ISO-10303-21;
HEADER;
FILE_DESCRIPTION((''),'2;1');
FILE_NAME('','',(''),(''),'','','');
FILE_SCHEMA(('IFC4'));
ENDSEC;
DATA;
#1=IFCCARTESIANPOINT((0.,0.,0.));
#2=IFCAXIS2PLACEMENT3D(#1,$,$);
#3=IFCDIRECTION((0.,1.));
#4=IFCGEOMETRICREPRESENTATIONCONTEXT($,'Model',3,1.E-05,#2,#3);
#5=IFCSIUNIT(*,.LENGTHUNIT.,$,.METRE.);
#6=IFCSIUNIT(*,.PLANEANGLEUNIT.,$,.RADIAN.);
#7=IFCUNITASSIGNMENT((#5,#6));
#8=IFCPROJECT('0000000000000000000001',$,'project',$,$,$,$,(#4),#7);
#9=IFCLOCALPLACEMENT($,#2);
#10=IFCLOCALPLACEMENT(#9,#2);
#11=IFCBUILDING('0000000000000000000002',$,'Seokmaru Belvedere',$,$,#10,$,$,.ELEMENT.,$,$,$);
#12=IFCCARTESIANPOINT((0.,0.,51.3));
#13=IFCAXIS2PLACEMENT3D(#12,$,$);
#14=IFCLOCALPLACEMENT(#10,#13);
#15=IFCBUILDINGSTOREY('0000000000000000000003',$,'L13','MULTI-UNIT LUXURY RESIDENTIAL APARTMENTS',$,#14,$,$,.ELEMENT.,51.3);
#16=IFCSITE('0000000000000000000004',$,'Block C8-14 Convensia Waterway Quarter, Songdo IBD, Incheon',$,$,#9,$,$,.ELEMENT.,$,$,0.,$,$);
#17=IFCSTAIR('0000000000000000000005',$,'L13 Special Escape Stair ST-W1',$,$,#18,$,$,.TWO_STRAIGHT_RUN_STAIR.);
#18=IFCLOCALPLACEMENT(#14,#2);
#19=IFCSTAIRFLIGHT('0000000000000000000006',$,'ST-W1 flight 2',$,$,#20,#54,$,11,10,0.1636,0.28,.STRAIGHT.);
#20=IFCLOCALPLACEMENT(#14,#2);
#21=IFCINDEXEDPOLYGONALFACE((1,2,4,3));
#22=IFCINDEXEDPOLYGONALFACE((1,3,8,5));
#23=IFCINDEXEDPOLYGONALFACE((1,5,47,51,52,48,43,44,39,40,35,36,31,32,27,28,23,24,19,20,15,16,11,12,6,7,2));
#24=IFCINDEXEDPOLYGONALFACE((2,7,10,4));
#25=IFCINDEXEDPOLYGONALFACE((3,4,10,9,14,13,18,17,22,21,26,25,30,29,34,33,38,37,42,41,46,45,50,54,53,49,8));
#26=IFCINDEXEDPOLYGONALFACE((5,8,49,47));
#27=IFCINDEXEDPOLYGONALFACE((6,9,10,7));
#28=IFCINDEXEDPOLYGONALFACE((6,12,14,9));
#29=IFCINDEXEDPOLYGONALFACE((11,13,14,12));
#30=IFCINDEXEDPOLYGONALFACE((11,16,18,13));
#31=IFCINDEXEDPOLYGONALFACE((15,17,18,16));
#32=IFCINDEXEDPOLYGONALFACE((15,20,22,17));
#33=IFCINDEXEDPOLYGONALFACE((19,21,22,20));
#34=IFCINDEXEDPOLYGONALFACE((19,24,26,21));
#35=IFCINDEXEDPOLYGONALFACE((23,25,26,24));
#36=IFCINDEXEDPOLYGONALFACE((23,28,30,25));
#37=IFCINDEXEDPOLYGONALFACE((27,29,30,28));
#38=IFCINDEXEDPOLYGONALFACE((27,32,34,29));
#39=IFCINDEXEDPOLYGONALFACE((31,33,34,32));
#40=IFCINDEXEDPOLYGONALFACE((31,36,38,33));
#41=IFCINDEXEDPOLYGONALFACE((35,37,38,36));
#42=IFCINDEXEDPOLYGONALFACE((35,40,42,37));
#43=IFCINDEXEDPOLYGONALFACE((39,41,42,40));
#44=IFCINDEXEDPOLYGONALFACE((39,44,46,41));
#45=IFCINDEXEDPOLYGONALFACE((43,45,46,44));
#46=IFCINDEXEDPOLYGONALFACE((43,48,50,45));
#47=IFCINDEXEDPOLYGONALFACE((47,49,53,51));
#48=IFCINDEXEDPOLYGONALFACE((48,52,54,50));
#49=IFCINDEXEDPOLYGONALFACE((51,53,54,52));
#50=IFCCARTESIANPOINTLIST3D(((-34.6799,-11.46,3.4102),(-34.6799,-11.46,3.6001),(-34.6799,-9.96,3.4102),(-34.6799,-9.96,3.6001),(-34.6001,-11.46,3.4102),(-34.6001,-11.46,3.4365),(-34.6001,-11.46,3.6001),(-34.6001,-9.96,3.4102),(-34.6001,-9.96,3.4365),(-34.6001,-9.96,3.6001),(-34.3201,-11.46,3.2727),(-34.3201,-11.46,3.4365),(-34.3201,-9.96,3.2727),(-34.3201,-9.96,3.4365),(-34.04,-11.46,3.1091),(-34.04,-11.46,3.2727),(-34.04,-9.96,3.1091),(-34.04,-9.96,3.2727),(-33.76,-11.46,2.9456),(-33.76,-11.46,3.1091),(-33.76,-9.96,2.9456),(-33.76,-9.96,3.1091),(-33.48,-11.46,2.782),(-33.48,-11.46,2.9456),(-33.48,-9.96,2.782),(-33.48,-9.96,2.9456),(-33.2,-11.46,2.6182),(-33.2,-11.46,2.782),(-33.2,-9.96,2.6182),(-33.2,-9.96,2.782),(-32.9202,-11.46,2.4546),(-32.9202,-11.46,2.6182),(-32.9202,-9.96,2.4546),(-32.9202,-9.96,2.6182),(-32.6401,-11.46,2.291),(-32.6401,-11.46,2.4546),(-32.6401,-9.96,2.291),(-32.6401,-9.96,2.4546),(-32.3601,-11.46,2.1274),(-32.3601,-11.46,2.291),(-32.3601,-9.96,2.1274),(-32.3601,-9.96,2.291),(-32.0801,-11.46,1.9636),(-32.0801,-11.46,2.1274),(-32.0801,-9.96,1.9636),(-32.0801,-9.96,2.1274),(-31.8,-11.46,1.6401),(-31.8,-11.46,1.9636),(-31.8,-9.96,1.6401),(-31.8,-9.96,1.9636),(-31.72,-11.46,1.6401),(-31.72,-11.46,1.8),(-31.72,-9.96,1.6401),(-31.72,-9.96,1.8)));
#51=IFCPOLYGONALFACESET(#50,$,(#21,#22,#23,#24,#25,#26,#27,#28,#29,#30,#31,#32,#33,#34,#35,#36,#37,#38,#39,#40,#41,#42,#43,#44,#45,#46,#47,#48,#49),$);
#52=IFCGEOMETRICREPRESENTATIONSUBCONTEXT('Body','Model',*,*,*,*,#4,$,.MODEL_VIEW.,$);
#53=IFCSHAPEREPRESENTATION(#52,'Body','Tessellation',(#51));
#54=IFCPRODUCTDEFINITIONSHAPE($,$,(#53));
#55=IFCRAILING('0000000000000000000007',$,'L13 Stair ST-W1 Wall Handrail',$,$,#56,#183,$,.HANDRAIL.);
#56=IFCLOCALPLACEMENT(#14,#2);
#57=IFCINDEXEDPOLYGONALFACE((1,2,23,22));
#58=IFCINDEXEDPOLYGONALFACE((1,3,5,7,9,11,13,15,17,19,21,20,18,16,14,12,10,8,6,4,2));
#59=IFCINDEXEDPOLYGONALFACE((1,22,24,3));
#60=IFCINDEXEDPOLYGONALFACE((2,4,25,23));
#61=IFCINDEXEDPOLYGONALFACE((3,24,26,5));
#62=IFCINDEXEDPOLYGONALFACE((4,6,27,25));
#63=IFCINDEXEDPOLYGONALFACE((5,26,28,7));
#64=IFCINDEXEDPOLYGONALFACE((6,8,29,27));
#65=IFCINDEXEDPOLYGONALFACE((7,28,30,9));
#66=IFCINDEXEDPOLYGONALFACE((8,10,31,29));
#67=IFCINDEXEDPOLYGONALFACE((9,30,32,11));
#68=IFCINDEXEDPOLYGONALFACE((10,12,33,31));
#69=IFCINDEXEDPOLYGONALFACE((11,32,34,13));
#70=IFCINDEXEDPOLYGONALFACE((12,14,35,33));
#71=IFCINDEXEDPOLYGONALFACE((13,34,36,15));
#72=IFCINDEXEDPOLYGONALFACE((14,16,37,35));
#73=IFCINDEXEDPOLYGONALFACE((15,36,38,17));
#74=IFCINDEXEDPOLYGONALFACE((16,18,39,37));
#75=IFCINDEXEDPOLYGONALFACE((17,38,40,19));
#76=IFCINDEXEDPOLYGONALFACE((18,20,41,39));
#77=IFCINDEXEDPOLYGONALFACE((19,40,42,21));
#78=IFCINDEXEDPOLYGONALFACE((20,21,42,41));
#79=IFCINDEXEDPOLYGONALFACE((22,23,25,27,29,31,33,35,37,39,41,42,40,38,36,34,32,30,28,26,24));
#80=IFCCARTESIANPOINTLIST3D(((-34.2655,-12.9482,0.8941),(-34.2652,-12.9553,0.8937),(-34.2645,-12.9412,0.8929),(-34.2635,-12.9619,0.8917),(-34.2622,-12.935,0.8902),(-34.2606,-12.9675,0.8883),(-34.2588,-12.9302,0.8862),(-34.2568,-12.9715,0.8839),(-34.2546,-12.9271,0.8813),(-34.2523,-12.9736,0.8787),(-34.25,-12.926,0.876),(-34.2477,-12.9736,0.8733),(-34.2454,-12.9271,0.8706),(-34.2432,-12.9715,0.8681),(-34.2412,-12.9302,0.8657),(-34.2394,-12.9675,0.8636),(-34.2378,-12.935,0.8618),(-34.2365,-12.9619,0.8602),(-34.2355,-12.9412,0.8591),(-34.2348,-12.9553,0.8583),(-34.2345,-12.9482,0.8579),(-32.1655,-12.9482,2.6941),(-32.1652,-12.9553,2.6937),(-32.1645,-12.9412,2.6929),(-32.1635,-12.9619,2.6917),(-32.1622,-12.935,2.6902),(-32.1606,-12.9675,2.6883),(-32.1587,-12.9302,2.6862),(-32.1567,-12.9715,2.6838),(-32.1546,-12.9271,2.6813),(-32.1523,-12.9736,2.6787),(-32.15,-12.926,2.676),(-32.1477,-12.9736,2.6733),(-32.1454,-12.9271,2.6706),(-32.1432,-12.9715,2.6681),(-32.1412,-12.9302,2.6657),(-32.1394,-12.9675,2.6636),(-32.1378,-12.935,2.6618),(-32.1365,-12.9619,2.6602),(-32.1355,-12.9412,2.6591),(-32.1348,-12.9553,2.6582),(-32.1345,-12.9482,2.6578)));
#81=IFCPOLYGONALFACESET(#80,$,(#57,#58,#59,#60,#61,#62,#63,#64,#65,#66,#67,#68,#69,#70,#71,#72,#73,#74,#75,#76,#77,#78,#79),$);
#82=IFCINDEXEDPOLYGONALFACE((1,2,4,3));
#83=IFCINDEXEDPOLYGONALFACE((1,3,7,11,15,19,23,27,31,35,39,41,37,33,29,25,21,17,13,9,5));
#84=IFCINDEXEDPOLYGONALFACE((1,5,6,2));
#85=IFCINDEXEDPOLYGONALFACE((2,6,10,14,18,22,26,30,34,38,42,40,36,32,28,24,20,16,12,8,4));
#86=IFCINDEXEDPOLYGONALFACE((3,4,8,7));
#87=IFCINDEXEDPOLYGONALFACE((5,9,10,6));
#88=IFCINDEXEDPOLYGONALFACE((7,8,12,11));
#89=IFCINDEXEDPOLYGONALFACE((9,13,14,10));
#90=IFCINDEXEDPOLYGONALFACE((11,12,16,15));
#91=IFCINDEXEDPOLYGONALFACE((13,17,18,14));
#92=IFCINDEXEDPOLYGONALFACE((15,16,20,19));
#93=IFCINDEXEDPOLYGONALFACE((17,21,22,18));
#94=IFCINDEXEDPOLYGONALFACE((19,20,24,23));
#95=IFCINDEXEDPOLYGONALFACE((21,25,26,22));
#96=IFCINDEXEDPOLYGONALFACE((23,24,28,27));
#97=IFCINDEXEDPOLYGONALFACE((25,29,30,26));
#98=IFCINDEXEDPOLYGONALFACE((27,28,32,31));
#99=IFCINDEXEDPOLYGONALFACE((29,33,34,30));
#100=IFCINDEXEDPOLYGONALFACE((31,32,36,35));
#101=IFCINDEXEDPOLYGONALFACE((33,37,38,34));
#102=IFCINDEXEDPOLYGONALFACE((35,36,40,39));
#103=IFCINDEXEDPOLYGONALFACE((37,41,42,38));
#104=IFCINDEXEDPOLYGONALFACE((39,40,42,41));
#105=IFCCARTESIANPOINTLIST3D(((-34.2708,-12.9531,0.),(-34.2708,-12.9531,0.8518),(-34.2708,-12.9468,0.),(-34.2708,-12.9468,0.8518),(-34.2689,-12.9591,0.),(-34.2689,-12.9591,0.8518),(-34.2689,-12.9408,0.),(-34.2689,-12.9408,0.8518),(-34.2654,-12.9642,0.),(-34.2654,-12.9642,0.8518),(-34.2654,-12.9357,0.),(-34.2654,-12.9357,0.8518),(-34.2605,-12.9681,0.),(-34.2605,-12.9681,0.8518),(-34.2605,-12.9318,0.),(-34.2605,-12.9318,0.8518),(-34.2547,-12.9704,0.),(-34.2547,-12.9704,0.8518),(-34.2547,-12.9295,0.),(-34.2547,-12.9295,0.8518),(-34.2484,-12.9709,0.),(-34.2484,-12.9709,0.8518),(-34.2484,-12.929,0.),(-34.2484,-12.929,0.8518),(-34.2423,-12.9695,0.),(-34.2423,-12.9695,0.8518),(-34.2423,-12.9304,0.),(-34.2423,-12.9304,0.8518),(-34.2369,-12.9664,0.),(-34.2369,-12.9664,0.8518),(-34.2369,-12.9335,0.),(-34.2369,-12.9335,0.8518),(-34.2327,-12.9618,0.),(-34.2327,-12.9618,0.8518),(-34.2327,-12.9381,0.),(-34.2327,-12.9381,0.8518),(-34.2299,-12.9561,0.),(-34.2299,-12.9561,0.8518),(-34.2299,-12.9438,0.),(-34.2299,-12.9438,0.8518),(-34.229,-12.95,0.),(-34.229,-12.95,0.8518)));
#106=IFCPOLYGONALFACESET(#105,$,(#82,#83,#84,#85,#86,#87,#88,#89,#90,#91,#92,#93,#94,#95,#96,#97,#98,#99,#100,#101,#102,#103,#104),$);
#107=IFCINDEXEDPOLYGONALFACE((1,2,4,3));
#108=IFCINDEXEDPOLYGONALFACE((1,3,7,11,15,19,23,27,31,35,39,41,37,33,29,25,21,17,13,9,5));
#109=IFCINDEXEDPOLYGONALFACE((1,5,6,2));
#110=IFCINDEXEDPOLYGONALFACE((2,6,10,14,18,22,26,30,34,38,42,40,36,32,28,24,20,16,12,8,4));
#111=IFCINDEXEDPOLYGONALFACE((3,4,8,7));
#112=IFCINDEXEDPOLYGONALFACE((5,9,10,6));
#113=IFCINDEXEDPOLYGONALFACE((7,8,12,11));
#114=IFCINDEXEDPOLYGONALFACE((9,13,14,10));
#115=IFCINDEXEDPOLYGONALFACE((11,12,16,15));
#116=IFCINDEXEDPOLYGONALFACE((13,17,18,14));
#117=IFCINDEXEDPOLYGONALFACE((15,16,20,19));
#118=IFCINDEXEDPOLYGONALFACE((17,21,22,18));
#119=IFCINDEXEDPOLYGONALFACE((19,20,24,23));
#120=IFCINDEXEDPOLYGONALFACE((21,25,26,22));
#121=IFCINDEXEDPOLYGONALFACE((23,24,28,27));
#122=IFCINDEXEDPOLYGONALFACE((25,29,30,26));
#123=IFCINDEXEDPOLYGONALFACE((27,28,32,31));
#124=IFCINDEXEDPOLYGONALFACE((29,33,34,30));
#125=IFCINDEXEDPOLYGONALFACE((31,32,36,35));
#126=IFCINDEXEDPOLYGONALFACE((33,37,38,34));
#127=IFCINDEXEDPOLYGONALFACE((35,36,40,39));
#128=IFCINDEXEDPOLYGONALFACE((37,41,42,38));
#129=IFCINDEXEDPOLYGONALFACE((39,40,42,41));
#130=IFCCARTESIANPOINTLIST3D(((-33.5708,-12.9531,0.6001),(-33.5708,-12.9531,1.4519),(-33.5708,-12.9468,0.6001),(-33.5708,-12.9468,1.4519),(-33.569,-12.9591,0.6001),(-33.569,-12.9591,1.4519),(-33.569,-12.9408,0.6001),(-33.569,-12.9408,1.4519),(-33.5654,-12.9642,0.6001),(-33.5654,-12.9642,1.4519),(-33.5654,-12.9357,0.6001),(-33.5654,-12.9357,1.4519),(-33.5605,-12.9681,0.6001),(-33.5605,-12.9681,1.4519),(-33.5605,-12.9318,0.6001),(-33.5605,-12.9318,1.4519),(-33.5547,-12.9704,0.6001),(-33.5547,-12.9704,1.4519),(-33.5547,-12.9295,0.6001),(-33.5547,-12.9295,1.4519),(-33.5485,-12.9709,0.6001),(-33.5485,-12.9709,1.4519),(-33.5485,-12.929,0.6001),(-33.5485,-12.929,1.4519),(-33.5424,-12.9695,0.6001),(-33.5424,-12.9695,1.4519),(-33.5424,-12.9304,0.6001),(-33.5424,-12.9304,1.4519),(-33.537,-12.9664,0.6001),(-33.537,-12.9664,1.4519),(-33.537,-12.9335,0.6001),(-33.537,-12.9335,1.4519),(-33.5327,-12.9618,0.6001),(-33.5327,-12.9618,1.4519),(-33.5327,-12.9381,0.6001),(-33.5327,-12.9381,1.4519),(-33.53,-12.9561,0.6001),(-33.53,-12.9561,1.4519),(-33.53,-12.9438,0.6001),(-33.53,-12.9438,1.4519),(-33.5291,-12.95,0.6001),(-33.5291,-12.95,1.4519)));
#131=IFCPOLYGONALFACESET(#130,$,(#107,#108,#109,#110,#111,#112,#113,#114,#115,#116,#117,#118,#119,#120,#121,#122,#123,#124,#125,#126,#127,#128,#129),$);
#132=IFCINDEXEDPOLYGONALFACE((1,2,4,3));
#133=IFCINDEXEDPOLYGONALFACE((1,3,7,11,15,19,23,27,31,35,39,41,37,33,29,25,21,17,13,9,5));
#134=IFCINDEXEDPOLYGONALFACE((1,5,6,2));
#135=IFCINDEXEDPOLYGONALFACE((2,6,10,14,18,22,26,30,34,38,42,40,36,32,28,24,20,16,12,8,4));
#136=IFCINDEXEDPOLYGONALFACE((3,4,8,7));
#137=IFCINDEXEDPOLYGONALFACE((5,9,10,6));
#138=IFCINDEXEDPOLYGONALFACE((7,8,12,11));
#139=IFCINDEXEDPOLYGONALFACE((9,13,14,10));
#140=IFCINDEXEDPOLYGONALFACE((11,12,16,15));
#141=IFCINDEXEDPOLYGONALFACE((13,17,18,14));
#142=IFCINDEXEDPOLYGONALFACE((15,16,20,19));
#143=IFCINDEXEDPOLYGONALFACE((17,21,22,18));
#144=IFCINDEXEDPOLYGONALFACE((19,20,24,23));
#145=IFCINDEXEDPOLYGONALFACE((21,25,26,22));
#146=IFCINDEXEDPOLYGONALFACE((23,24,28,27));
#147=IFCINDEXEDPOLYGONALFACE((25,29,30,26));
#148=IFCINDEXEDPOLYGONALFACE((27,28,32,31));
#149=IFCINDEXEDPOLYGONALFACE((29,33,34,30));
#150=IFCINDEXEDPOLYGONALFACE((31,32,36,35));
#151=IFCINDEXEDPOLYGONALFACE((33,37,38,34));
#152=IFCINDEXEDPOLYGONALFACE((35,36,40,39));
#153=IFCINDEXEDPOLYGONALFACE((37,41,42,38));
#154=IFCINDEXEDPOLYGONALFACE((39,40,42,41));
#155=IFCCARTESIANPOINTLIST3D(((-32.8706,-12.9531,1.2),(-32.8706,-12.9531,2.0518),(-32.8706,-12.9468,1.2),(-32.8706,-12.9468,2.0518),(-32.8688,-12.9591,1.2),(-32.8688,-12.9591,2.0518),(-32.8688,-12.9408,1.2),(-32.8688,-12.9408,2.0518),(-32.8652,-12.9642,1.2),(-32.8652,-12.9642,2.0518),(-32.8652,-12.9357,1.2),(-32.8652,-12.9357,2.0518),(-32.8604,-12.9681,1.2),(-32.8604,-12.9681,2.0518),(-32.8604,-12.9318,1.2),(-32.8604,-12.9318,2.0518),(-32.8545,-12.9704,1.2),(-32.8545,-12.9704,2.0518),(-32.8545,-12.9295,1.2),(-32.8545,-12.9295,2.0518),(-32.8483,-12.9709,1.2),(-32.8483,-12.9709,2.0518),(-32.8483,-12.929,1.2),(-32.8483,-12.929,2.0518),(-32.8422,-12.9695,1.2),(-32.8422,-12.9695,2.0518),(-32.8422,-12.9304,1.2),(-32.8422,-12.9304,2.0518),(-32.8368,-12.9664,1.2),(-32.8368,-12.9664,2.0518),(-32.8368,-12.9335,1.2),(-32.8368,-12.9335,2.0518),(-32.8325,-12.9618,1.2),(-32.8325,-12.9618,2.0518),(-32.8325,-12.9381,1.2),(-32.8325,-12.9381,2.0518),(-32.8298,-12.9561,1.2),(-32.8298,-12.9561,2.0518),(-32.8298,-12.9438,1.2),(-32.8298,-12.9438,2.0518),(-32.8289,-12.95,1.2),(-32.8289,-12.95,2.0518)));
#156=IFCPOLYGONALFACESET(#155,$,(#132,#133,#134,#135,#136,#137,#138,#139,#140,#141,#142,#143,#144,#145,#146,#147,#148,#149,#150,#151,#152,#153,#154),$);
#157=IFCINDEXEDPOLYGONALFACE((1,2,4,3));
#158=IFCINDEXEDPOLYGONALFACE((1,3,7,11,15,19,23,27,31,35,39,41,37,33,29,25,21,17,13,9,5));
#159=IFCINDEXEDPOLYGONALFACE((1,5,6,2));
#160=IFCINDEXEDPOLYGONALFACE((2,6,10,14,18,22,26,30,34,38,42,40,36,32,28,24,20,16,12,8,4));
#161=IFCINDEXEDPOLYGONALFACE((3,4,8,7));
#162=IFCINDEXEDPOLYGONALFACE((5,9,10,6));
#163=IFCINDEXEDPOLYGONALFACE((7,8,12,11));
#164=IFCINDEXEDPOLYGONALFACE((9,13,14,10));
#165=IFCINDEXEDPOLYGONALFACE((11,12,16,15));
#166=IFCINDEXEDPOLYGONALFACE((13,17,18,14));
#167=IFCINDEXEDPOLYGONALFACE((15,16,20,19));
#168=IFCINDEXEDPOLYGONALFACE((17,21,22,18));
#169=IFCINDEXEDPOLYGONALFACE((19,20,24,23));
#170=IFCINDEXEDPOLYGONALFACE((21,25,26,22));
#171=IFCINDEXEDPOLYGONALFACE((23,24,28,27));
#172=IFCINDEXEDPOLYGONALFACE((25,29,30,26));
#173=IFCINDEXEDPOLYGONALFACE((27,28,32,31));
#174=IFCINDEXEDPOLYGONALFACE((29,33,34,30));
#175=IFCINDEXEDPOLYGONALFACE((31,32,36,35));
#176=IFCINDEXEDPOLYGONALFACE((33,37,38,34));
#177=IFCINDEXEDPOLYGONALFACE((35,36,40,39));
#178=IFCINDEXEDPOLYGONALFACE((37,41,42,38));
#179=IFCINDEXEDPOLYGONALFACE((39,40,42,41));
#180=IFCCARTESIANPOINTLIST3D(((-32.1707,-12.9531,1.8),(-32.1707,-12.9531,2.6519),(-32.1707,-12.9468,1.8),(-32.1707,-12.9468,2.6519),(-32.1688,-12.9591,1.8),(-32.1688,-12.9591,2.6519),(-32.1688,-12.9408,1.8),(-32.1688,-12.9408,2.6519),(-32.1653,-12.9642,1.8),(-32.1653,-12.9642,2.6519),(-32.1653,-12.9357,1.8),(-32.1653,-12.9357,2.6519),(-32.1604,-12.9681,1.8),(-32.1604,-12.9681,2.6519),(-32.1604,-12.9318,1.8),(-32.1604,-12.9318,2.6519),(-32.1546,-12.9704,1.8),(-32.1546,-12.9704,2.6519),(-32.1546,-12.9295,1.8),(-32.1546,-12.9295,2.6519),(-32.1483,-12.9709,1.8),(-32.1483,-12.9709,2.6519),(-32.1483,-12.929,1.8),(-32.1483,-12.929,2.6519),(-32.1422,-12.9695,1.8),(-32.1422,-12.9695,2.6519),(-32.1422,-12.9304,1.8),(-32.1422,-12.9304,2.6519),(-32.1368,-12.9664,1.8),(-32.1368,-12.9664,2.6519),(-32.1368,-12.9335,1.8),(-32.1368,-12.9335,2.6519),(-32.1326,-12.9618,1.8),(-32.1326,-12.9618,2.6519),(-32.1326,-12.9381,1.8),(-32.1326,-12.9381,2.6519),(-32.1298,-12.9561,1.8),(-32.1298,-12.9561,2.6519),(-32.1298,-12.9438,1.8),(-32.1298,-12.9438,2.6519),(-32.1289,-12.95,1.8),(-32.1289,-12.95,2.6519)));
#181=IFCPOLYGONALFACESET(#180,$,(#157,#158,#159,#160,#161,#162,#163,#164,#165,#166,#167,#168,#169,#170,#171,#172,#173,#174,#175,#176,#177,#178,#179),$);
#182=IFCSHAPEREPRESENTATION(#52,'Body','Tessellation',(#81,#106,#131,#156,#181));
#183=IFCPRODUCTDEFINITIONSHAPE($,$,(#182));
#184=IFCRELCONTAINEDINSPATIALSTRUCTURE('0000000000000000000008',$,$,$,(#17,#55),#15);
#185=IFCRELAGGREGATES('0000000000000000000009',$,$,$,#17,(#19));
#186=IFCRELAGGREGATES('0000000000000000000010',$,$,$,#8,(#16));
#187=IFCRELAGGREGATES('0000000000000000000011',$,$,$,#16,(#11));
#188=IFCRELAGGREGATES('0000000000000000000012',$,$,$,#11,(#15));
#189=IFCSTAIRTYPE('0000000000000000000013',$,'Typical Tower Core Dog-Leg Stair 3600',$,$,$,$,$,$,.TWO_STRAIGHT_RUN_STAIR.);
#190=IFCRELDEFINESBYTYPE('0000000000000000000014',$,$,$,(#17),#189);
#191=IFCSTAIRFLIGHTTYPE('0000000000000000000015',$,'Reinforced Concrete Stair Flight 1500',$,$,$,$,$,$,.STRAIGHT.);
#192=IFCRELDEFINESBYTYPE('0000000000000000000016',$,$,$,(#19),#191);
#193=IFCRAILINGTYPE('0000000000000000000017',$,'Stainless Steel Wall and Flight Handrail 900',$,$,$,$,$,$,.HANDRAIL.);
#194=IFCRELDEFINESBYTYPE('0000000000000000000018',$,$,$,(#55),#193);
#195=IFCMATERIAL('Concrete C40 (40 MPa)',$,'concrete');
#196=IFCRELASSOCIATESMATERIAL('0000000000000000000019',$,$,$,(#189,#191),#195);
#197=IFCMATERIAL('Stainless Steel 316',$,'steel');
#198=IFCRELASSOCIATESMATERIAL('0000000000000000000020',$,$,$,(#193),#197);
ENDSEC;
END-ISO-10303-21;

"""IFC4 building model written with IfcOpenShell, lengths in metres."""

from ifc_helpers import new_model, si_unit, direction, frame, origin, origin_2d, place, context, subcontext, project, spatial, polyline, circle, outline, extrude, material, type_object, element, aggregate, save


model = new_model("IFC4")

# Units and contexts
model_context = context("Model", 3, precision=1e-05, world=origin(), true_north=direction((0.0, 1.0)))
body_context = subcontext(model_context, "Body", "Model", "MODEL_VIEW")
ifc_project = project(units=[si_unit("LENGTHUNIT", "METRE"), si_unit("PLANEANGLEUNIT", "RADIAN")], contexts=[model_context])

# Site, building, storey
site_placement = place(None, origin())
site = spatial("IfcSite", under=ifc_project, at=site_placement, Name="Block C8-14 Convensia Waterway Quarter, Songdo IBD, Incheon", CompositionType="ELEMENT", RefElevation=0.0)
building_placement = place(site_placement, origin())
building = spatial("IfcBuilding", under=site, at=building_placement, Name="Seokmaru Belvedere", CompositionType="ELEMENT")
storey_placement = place(building_placement, frame((0.0, 0.0, 51.3)))
storey = spatial("IfcBuildingStorey", under=building, at=storey_placement, Name="L13", Description="MULTI-UNIT LUXURY RESIDENTIAL APARTMENTS", CompositionType="ELEMENT", Elevation=51.3)

# Shared definitions
ifc_material_1 = material(Name="Stainless Steel 316", Category="steel")

# Stair, stair flight
ifc_material_2 = material(Name="Concrete C40 (40 MPa)", Category="concrete")
stair_type = type_object("IfcStairType", Name="Typical Tower Core Dog-Leg Stair 3600", PredefinedType="TWO_STRAIGHT_RUN_STAIR", material=ifc_material_2)
stair_placement = place(storey_placement, origin())
stair = element("IfcStair", 1, at=stair_placement, inside=storey, type_object=stair_type, Name="L13 Special Escape Stair ST-W1", PredefinedType="TWO_STRAIGHT_RUN_STAIR")
stair_flight_type = type_object("IfcStairFlightType", Name="Reinforced Concrete Stair Flight 1500", PredefinedType="STRAIGHT", material=ifc_material_2)
stair_flight_1_placement = place(storey_placement, frame((-31.8, -10.71, 1.8), z_axis=(0.0, 0.0, 1.0), x_axis=(-1.0, 0.0, 0.0)))
stair_flight_1 = element("IfcStairFlight", 2, at=stair_flight_1_placement, type_object=stair_flight_type, Name="ST-W1 flight 2", NumberOfRisers=11, NumberOfTreads=10, PredefinedType="STRAIGHT", RiserHeight=0.1636, TreadLength=0.28, context=body_context, shape_type="SweptSolid", body=[
    extrude(outline(polyline([(-0.0801, 0.0), (0.0, 0.1636), (0.28, 0.1636), (0.28, 0.3274), (0.5601, 0.3274), (0.5601, 0.491), (0.8401, 0.491), (0.8401, 0.6545), (1.1201, 0.6545), (1.1201, 0.8181), (1.3999, 0.8181), (1.3999, 0.9819), (1.6799, 0.9819), (1.6799, 1.1455), (1.96, 1.1455), (1.96, 1.3091), (2.24, 1.3091), (2.24, 1.4727), (2.52, 1.4727), (2.52, 1.6365), (2.8, 1.6365), (2.8, 1.8), (2.8799, 1.8), (2.8799, 1.6101), (2.8, 1.6101), (0.0, -0.1599), (-0.0801, -0.1599), (-0.0801, 0.0)])), frame((0.0, 0.75, 0.0), z_axis=(0.0, -1.0, 0.0), x_axis=(1.0, 0.0, 0.0)), (0.0, 0.0, 1.0), 1.5),
])
aggregate(stair, [stair_flight_1])

# Railing
railing_type_1 = type_object("IfcRailingType", Name="Stainless Steel Wall and Flight Handrail 900", PredefinedType="HANDRAIL", material=ifc_material_1)
railing_1_placement = place(storey_placement, frame((-34.25, -12.95, 0.0)))
element("IfcRailing", 3, at=railing_1_placement, inside=storey, type_object=railing_type_1, Name="L13 Stair ST-W1 Wall Handrail", PredefinedType="HANDRAIL", context=body_context, shape_type="SweptSolid", body=[
    extrude(circle(Radius=0.0239, at=origin_2d()), frame((0.0, 0.0, 0.876), z_axis=(0.759263, 0.0, 0.650784), x_axis=(0.0, 1.0, 0.0)), (0.0, 0.0, 1.0), 2.7659),
    extrude(circle(Radius=0.021, at=origin_2d()), origin(), (0.0, 0.0, 1.0), 0.8518),
    extrude(circle(Radius=0.021, at=origin_2d()), frame((0.7, 0.0, 0.6001)), (0.0, 0.0, 1.0), 0.8518),
    extrude(circle(Radius=0.021, at=origin_2d()), frame((1.4001, 0.0, 1.2)), (0.0, 0.0, 1.0), 0.8518),
    extrude(circle(Radius=0.021, at=origin_2d()), frame((2.1001, 0.0, 1.8)), (0.0, 0.0, 1.0), 0.8518),
])

save(model, "model.ifc")
